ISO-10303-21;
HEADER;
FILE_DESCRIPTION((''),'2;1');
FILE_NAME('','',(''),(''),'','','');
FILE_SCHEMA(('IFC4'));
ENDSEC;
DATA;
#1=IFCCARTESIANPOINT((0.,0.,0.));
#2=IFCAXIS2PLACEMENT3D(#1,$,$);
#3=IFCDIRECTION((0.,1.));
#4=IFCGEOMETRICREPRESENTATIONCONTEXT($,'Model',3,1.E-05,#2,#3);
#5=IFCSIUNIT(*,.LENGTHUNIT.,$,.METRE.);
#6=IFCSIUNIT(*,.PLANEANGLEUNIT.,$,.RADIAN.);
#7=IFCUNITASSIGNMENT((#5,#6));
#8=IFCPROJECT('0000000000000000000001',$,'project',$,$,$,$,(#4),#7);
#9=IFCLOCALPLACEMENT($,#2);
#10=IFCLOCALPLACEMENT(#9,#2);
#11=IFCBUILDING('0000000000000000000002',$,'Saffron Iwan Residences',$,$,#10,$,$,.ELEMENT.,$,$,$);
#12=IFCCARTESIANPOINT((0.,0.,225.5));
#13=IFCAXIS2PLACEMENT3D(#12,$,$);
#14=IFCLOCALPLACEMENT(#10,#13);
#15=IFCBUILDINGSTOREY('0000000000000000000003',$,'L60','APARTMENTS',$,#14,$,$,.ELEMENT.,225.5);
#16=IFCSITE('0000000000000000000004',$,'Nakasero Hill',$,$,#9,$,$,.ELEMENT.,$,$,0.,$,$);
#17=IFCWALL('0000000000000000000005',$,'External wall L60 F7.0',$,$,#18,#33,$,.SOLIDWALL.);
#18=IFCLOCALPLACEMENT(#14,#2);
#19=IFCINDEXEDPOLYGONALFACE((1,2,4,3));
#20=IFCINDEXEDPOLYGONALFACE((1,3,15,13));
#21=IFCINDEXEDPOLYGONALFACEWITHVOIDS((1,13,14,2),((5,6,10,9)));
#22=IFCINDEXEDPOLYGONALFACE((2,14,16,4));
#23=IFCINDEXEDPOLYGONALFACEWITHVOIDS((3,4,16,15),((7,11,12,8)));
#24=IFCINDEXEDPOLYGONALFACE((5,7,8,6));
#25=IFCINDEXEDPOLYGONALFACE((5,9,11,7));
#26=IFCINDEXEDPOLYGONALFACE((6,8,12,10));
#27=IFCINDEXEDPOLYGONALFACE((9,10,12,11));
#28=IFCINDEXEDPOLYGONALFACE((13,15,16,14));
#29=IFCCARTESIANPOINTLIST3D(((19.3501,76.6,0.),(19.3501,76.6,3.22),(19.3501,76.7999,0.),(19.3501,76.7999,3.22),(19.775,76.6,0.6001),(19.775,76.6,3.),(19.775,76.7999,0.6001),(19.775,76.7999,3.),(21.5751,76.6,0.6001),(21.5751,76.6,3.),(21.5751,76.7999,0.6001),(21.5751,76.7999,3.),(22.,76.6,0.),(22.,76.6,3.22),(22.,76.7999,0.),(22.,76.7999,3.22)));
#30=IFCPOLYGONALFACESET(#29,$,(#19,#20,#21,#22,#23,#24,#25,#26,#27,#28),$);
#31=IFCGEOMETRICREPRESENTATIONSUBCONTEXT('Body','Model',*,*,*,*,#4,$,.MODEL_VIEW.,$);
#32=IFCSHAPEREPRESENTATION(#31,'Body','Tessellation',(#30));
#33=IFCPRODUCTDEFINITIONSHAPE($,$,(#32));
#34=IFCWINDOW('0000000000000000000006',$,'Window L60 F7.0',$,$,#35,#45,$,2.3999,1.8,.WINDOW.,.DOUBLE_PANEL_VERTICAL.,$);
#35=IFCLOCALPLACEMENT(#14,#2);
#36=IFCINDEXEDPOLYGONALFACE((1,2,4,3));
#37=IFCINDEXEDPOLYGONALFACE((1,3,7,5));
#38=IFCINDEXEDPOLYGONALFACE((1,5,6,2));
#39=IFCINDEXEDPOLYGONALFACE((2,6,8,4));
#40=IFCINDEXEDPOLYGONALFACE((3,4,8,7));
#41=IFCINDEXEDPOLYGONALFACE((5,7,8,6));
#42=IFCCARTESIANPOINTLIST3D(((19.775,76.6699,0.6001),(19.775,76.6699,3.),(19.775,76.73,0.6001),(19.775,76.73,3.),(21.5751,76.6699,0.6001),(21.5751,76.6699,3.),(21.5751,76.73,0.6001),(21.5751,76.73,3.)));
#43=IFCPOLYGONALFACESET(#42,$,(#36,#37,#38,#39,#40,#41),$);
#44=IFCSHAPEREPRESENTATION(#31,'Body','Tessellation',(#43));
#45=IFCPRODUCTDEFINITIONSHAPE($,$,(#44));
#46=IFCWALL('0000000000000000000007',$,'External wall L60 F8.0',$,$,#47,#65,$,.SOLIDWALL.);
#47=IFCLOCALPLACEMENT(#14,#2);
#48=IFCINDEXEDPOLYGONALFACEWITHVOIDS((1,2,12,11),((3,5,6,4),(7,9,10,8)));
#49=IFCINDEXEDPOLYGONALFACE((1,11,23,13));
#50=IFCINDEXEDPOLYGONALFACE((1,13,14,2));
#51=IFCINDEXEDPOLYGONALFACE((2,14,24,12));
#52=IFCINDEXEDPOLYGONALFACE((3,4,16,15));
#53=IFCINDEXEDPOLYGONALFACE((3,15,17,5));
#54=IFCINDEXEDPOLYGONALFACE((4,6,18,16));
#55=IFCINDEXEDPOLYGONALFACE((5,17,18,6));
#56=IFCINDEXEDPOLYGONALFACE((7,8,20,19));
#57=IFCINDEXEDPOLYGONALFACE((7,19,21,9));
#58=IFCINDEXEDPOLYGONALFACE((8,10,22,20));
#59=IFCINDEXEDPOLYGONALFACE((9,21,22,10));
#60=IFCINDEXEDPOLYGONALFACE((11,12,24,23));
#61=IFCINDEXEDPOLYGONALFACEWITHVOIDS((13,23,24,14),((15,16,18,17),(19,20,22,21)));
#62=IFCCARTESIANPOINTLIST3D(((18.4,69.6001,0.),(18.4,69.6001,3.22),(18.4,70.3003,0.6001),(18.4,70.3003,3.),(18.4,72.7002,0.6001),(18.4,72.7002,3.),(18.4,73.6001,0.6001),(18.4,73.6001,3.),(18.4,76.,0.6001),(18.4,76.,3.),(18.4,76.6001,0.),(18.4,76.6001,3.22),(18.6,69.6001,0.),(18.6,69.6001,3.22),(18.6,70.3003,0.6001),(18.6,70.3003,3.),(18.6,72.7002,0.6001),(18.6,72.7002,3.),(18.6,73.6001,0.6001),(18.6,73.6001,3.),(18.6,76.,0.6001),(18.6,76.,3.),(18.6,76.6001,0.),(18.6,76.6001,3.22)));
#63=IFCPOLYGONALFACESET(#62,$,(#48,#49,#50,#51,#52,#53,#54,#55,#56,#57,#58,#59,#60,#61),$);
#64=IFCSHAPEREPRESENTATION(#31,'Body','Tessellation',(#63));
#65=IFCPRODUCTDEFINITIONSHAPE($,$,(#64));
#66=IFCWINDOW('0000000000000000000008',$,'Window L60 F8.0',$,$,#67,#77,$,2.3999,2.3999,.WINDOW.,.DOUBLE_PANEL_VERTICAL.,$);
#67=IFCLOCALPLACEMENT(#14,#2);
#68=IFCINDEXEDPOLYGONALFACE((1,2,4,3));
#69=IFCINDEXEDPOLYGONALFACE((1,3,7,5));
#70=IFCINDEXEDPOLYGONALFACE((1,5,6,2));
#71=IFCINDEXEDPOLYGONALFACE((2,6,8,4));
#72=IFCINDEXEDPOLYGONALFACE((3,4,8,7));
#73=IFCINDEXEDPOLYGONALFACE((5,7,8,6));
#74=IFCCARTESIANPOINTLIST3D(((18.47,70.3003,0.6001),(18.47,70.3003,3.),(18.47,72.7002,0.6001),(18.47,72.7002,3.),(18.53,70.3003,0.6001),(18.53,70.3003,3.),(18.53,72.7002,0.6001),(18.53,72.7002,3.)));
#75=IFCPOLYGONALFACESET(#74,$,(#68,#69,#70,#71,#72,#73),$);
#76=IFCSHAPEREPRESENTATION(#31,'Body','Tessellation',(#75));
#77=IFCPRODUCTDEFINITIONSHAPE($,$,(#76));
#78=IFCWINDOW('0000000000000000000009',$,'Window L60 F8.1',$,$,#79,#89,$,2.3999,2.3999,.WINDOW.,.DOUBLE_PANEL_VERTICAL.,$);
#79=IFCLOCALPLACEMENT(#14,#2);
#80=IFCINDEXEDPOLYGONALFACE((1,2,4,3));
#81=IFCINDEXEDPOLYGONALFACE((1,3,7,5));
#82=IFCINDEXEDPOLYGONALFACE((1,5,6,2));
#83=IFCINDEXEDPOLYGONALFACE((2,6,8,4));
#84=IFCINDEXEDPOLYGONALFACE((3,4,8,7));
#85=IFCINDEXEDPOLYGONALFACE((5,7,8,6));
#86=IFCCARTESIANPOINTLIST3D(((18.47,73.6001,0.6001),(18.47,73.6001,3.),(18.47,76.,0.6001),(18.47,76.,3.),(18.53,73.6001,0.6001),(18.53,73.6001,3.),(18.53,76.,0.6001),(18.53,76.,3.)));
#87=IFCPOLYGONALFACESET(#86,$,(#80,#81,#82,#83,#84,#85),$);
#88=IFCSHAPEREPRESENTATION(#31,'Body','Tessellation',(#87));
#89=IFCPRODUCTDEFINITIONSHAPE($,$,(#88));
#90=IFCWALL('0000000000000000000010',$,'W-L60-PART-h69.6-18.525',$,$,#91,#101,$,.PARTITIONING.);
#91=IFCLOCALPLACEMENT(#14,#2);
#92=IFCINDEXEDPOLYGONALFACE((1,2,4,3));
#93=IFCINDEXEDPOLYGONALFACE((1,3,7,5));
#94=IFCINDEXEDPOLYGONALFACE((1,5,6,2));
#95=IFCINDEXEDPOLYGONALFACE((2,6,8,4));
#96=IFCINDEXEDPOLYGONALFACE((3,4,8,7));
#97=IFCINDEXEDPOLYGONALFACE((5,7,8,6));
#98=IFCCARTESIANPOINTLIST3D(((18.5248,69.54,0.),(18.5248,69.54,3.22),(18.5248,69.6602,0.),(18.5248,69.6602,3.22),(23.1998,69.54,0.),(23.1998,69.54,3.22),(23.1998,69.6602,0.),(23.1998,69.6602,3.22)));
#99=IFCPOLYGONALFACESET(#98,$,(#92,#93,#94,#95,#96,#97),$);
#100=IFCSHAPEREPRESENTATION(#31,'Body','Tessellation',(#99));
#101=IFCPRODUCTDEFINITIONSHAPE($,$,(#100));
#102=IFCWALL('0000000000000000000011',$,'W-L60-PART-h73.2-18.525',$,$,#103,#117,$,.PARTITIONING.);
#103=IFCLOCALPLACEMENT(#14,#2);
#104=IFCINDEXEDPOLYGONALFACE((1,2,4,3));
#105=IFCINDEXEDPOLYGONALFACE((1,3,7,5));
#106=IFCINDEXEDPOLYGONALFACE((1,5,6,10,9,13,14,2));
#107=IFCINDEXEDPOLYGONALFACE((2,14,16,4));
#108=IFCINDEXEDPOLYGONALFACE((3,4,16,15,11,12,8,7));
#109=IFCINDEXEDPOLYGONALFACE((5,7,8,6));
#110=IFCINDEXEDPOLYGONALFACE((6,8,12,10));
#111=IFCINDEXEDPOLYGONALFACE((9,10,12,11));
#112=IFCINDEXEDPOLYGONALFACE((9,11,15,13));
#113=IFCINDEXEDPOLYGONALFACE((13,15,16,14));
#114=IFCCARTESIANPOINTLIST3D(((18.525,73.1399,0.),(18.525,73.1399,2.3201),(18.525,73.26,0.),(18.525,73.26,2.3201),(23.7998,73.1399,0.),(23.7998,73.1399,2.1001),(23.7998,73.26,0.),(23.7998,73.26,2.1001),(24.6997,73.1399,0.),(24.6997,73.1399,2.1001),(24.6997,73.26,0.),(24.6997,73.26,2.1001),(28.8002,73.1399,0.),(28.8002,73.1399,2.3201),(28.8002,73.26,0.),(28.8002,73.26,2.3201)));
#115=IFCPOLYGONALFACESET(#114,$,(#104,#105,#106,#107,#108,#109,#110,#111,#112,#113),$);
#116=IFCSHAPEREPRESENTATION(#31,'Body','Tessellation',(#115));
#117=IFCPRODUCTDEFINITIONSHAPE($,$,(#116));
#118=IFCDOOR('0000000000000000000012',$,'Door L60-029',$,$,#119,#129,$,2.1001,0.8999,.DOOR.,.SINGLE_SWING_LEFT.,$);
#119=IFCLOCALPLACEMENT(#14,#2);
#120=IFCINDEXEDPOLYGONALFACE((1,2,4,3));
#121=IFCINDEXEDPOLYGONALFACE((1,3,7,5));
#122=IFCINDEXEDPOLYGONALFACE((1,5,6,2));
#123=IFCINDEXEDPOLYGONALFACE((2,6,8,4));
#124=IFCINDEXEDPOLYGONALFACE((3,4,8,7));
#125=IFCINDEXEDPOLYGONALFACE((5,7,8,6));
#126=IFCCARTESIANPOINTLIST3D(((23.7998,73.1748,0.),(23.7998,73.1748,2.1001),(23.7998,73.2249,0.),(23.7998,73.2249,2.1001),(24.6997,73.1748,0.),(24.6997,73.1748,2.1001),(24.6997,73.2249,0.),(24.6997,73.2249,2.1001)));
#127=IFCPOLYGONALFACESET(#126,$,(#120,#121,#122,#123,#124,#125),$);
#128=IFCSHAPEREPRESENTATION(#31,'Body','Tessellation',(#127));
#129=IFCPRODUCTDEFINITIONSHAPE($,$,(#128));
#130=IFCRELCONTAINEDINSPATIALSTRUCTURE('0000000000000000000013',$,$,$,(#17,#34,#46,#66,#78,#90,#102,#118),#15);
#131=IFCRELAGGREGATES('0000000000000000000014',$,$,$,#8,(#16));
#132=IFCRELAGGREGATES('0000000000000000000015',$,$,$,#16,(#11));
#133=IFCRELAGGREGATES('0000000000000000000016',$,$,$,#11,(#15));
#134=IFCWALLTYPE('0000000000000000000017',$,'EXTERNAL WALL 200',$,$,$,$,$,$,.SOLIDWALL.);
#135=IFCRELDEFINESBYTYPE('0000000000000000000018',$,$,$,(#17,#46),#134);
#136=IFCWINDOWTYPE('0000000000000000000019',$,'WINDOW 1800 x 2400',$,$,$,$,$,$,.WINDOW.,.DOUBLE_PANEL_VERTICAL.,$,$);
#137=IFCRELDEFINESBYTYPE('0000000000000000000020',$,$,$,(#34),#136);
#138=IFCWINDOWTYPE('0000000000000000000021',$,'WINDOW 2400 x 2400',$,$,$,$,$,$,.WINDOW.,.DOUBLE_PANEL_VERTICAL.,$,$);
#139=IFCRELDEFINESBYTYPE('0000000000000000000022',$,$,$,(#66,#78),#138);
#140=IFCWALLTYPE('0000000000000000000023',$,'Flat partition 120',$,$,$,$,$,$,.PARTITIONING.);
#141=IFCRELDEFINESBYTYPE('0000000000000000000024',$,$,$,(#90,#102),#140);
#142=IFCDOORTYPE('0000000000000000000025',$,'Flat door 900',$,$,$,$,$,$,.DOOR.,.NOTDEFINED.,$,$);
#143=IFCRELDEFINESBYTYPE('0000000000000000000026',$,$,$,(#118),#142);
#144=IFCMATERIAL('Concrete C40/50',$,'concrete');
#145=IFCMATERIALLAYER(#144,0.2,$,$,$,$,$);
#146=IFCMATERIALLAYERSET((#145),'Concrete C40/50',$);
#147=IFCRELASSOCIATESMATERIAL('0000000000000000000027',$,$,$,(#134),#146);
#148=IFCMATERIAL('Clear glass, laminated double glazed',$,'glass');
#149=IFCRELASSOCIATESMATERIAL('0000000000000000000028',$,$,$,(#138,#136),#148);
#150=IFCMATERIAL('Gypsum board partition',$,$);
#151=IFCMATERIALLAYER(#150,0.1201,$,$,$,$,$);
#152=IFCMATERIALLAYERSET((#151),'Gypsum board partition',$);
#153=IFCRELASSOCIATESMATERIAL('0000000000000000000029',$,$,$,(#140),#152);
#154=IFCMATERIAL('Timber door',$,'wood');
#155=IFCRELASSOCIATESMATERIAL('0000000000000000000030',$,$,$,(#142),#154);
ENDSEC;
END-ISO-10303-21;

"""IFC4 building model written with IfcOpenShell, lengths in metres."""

from ifc_helpers import new_model, si_unit, direction, frame, frame_2d, origin, place, context, subcontext, project, spatial, rectangle, extrude, material, layer, layer_set, type_object, element, fill, save


model = new_model("IFC4")

# Units and contexts
model_context = context("Model", 3, precision=1e-05, world=origin(), true_north=direction((0.0, 1.0)))
body_context = subcontext(model_context, "Body", "Model", "MODEL_VIEW")
ifc_project = project(units=[si_unit("LENGTHUNIT", "METRE"), si_unit("PLANEANGLEUNIT", "RADIAN")], contexts=[model_context])

# Site, building, storey
site_placement = place(None, origin())
site = spatial("IfcSite", under=ifc_project, at=site_placement, Name="Nakasero Hill", CompositionType="ELEMENT", RefElevation=0.0)
building_placement = place(site_placement, origin())
building = spatial("IfcBuilding", under=site, at=building_placement, Name="Saffron Iwan Residences", CompositionType="ELEMENT")
storey_placement = place(building_placement, frame((0.0, 0.0, 225.5)))
storey = spatial("IfcBuildingStorey", under=building, at=storey_placement, Name="L60", Description="APARTMENTS", CompositionType="ELEMENT", Elevation=225.5)

# Shared definitions
ifc_material_1 = material(Name="Concrete C40/50", Category="concrete")

# Wall, opening, window
ifc_layer_1 = layer(ifc_material_1, 0.2)
ifc_layer_set_1 = layer_set([ifc_layer_1], Name="Concrete C40/50")
wall_type_1 = type_object("IfcWallType", Name="EXTERNAL WALL 200", PredefinedType="SOLIDWALL", material=ifc_layer_set_1)
ifc_material_2 = material(Name="Clear glass, laminated double glazed", Category="glass")
window_type_1 = type_object("IfcWindowType", Name="WINDOW 2400 x 2400", PartitioningType="DOUBLE_PANEL_VERTICAL", PredefinedType="WINDOW", material=ifc_material_2)
wall_1_placement = place(storey_placement, frame((22.0, 76.7, 0.0), z_axis=(0.0, 0.0, 1.0), x_axis=(-1.0, 0.0, 0.0)))
wall_1 = element("IfcWall", 1, at=wall_1_placement, inside=storey, type_object=wall_type_1, Name="External wall L60 F7.0", PredefinedType="SOLIDWALL", context=body_context, shape_type="SweptSolid", body=[
    extrude(rectangle(XDim=2.6499, YDim=0.2, at=frame_2d((1.325, 0.0))), origin(), (0.0, 0.0, 1.0), 3.22),
])
opening_1_placement = place(wall_1_placement, frame((0.425, 0.0, 0.6001)))
opening_1 = element("IfcOpeningElement", 2, at=opening_1_placement, cuts=wall_1, PredefinedType="OPENING", context=body_context, shape_type="SweptSolid", body=[
    extrude(rectangle(XDim=1.8, YDim=2.3999, at=frame_2d((0.8999, 1.2))), frame((0.0, 0.1099, 0.0), z_axis=(0.0, -1.0, 0.0), x_axis=(1.0, 0.0, 0.0)), (0.0, 0.0, 1.0), 0.22),
])
window_type_2 = type_object("IfcWindowType", Name="WINDOW 1800 x 2400", PartitioningType="DOUBLE_PANEL_VERTICAL", PredefinedType="WINDOW", material=ifc_material_2)
window_1_placement = place(opening_1_placement, origin())
window_1 = element("IfcWindow", 3, at=window_1_placement, inside=storey, type_object=window_type_2, Name="Window L60 F7.0", OverallHeight=2.3999, OverallWidth=1.8, PartitioningType="DOUBLE_PANEL_VERTICAL", PredefinedType="WINDOW", context=body_context, shape_type="SweptSolid", body=[
    extrude(rectangle(XDim=1.8, YDim=2.3999, at=frame_2d((0.8999, 1.2))), frame((0.0, 0.03, 0.0), z_axis=(0.0, -1.0, 0.0), x_axis=(1.0, 0.0, 0.0)), (0.0, 0.0, 1.0), 0.0601),
])
fill(opening_1, window_1)

# Wall, openings, windows
wall_2_placement = place(storey_placement, frame((18.5, 76.6001, 0.0), z_axis=(0.0, 0.0, 1.0), x_axis=(0.0, -1.0, 0.0)))
wall_2 = element("IfcWall", 4, at=wall_2_placement, inside=storey, type_object=wall_type_1, Name="External wall L60 F8.0", PredefinedType="SOLIDWALL", context=body_context, shape_type="SweptSolid", body=[
    extrude(rectangle(XDim=7.0, YDim=0.2, at=frame_2d((3.5, 0.0))), origin(), (0.0, 0.0, 1.0), 3.22),
])
opening_2_placement = place(wall_2_placement, frame((3.8999, 0.0, 0.6001)))
opening_2 = element("IfcOpeningElement", 5, at=opening_2_placement, cuts=wall_2, PredefinedType="OPENING", context=body_context, shape_type="SweptSolid", body=[
    extrude(rectangle(XDim=2.3999, YDim=2.3999, at=frame_2d((1.2, 1.2))), frame((0.0, 0.1099, 0.0), z_axis=(0.0, -1.0, 0.0), x_axis=(1.0, 0.0, 0.0)), (0.0, 0.0, 1.0), 0.22),
])
opening_3_placement = place(wall_2_placement, frame((0.6001, 0.0, 0.6001)))
opening_3 = element("IfcOpeningElement", 6, at=opening_3_placement, cuts=wall_2, PredefinedType="OPENING", context=body_context, shape_type="SweptSolid", body=[
    extrude(rectangle(XDim=2.3999, YDim=2.3999, at=frame_2d((1.2, 1.2))), frame((0.0, 0.1099, 0.0), z_axis=(0.0, -1.0, 0.0), x_axis=(1.0, 0.0, 0.0)), (0.0, 0.0, 1.0), 0.22),
])
window_2_placement = place(opening_2_placement, origin())
window_2 = element("IfcWindow", 7, at=window_2_placement, inside=storey, type_object=window_type_1, Name="Window L60 F8.0", OverallHeight=2.3999, OverallWidth=2.3999, PartitioningType="DOUBLE_PANEL_VERTICAL", PredefinedType="WINDOW", context=body_context, shape_type="SweptSolid", body=[
    extrude(rectangle(XDim=2.3999, YDim=2.3999, at=frame_2d((1.2, 1.2))), frame((0.0, 0.03, 0.0), z_axis=(0.0, -1.0, 0.0), x_axis=(1.0, 0.0, 0.0)), (0.0, 0.0, 1.0), 0.0601),
])
fill(opening_2, window_2)
window_3_placement = place(opening_3_placement, origin())
window_3 = element("IfcWindow", 8, at=window_3_placement, inside=storey, type_object=window_type_1, Name="Window L60 F8.1", OverallHeight=2.3999, OverallWidth=2.3999, PartitioningType="DOUBLE_PANEL_VERTICAL", PredefinedType="WINDOW", context=body_context, shape_type="SweptSolid", body=[
    extrude(rectangle(XDim=2.3999, YDim=2.3999, at=frame_2d((1.2, 1.2))), frame((0.0, 0.03, 0.0), z_axis=(0.0, -1.0, 0.0), x_axis=(1.0, 0.0, 0.0)), (0.0, 0.0, 1.0), 0.0601),
])
fill(opening_3, window_3)

# Wall
ifc_material_3 = material(Name="Gypsum board partition")
ifc_layer_2 = layer(ifc_material_3, 0.1201)
ifc_layer_set_2 = layer_set([ifc_layer_2], Name="Gypsum board partition")
wall_type_2 = type_object("IfcWallType", Name="Flat partition 120", PredefinedType="PARTITIONING", material=ifc_layer_set_2)
wall_3_placement = place(storey_placement, frame((18.5249, 69.6001, 0.0), z_axis=(0.0, 0.0, 1.0), x_axis=(1.0, 0.0, 0.0)))
element("IfcWall", 9, at=wall_3_placement, inside=storey, type_object=wall_type_2, Name="W-L60-PART-h69.6-18.525", PredefinedType="PARTITIONING", context=body_context, shape_type="SweptSolid", body=[
    extrude(rectangle(XDim=4.675, YDim=0.1201, at=frame_2d((2.3374, 0.0))), origin(), (0.0, 0.0, 1.0), 3.22),
])

# Wall, opening, door
wall_4_placement = place(storey_placement, frame((18.5249, 73.2, 0.0), z_axis=(0.0, 0.0, 1.0), x_axis=(1.0, 0.0, 0.0)))
wall_4 = element("IfcWall", 10, at=wall_4_placement, inside=storey, type_object=wall_type_2, Name="W-L60-PART-h73.2-18.525", PredefinedType="PARTITIONING", context=body_context, shape_type="SweptSolid", body=[
    extrude(rectangle(XDim=10.2751, YDim=0.1201, at=frame_2d((5.1377, 0.0))), origin(), (0.0, 0.0, 1.0), 2.3201),
])
opening_4_placement = place(wall_4_placement, frame((5.2749, 0.0, 0.0)))
opening_4 = element("IfcOpeningElement", 11, at=opening_4_placement, cuts=wall_4, PredefinedType="OPENING", context=body_context, shape_type="SweptSolid", body=[
    extrude(rectangle(XDim=0.8999, YDim=2.1001, at=frame_2d((0.45, 1.05))), frame((0.0, 0.0701, 0.0), z_axis=(0.0, -1.0, 0.0), x_axis=(1.0, 0.0, 0.0)), (0.0, 0.0, 1.0), 0.1401),
])
ifc_material_4 = material(Name="Timber door", Category="wood")
door_type_1 = type_object("IfcDoorType", Name="Flat door 900", OperationType="NOTDEFINED", PredefinedType="DOOR", material=ifc_material_4)
door_1_placement = place(opening_4_placement, origin())
door_1 = element("IfcDoor", 12, at=door_1_placement, inside=storey, type_object=door_type_1, Name="Door L60-029", OperationType="SINGLE_SWING_LEFT", OverallHeight=2.1001, OverallWidth=0.8999, PredefinedType="DOOR", context=body_context, shape_type="SweptSolid", body=[
    extrude(rectangle(XDim=0.8999, YDim=2.1001, at=frame_2d((0.45, 1.05))), frame((0.0, 0.0249, 0.0), z_axis=(0.0, -1.0, 0.0), x_axis=(1.0, 0.0, 0.0)), (0.0, 0.0, 1.0), 0.05),
])
fill(opening_4, door_1)

save(model, "model.ifc")
